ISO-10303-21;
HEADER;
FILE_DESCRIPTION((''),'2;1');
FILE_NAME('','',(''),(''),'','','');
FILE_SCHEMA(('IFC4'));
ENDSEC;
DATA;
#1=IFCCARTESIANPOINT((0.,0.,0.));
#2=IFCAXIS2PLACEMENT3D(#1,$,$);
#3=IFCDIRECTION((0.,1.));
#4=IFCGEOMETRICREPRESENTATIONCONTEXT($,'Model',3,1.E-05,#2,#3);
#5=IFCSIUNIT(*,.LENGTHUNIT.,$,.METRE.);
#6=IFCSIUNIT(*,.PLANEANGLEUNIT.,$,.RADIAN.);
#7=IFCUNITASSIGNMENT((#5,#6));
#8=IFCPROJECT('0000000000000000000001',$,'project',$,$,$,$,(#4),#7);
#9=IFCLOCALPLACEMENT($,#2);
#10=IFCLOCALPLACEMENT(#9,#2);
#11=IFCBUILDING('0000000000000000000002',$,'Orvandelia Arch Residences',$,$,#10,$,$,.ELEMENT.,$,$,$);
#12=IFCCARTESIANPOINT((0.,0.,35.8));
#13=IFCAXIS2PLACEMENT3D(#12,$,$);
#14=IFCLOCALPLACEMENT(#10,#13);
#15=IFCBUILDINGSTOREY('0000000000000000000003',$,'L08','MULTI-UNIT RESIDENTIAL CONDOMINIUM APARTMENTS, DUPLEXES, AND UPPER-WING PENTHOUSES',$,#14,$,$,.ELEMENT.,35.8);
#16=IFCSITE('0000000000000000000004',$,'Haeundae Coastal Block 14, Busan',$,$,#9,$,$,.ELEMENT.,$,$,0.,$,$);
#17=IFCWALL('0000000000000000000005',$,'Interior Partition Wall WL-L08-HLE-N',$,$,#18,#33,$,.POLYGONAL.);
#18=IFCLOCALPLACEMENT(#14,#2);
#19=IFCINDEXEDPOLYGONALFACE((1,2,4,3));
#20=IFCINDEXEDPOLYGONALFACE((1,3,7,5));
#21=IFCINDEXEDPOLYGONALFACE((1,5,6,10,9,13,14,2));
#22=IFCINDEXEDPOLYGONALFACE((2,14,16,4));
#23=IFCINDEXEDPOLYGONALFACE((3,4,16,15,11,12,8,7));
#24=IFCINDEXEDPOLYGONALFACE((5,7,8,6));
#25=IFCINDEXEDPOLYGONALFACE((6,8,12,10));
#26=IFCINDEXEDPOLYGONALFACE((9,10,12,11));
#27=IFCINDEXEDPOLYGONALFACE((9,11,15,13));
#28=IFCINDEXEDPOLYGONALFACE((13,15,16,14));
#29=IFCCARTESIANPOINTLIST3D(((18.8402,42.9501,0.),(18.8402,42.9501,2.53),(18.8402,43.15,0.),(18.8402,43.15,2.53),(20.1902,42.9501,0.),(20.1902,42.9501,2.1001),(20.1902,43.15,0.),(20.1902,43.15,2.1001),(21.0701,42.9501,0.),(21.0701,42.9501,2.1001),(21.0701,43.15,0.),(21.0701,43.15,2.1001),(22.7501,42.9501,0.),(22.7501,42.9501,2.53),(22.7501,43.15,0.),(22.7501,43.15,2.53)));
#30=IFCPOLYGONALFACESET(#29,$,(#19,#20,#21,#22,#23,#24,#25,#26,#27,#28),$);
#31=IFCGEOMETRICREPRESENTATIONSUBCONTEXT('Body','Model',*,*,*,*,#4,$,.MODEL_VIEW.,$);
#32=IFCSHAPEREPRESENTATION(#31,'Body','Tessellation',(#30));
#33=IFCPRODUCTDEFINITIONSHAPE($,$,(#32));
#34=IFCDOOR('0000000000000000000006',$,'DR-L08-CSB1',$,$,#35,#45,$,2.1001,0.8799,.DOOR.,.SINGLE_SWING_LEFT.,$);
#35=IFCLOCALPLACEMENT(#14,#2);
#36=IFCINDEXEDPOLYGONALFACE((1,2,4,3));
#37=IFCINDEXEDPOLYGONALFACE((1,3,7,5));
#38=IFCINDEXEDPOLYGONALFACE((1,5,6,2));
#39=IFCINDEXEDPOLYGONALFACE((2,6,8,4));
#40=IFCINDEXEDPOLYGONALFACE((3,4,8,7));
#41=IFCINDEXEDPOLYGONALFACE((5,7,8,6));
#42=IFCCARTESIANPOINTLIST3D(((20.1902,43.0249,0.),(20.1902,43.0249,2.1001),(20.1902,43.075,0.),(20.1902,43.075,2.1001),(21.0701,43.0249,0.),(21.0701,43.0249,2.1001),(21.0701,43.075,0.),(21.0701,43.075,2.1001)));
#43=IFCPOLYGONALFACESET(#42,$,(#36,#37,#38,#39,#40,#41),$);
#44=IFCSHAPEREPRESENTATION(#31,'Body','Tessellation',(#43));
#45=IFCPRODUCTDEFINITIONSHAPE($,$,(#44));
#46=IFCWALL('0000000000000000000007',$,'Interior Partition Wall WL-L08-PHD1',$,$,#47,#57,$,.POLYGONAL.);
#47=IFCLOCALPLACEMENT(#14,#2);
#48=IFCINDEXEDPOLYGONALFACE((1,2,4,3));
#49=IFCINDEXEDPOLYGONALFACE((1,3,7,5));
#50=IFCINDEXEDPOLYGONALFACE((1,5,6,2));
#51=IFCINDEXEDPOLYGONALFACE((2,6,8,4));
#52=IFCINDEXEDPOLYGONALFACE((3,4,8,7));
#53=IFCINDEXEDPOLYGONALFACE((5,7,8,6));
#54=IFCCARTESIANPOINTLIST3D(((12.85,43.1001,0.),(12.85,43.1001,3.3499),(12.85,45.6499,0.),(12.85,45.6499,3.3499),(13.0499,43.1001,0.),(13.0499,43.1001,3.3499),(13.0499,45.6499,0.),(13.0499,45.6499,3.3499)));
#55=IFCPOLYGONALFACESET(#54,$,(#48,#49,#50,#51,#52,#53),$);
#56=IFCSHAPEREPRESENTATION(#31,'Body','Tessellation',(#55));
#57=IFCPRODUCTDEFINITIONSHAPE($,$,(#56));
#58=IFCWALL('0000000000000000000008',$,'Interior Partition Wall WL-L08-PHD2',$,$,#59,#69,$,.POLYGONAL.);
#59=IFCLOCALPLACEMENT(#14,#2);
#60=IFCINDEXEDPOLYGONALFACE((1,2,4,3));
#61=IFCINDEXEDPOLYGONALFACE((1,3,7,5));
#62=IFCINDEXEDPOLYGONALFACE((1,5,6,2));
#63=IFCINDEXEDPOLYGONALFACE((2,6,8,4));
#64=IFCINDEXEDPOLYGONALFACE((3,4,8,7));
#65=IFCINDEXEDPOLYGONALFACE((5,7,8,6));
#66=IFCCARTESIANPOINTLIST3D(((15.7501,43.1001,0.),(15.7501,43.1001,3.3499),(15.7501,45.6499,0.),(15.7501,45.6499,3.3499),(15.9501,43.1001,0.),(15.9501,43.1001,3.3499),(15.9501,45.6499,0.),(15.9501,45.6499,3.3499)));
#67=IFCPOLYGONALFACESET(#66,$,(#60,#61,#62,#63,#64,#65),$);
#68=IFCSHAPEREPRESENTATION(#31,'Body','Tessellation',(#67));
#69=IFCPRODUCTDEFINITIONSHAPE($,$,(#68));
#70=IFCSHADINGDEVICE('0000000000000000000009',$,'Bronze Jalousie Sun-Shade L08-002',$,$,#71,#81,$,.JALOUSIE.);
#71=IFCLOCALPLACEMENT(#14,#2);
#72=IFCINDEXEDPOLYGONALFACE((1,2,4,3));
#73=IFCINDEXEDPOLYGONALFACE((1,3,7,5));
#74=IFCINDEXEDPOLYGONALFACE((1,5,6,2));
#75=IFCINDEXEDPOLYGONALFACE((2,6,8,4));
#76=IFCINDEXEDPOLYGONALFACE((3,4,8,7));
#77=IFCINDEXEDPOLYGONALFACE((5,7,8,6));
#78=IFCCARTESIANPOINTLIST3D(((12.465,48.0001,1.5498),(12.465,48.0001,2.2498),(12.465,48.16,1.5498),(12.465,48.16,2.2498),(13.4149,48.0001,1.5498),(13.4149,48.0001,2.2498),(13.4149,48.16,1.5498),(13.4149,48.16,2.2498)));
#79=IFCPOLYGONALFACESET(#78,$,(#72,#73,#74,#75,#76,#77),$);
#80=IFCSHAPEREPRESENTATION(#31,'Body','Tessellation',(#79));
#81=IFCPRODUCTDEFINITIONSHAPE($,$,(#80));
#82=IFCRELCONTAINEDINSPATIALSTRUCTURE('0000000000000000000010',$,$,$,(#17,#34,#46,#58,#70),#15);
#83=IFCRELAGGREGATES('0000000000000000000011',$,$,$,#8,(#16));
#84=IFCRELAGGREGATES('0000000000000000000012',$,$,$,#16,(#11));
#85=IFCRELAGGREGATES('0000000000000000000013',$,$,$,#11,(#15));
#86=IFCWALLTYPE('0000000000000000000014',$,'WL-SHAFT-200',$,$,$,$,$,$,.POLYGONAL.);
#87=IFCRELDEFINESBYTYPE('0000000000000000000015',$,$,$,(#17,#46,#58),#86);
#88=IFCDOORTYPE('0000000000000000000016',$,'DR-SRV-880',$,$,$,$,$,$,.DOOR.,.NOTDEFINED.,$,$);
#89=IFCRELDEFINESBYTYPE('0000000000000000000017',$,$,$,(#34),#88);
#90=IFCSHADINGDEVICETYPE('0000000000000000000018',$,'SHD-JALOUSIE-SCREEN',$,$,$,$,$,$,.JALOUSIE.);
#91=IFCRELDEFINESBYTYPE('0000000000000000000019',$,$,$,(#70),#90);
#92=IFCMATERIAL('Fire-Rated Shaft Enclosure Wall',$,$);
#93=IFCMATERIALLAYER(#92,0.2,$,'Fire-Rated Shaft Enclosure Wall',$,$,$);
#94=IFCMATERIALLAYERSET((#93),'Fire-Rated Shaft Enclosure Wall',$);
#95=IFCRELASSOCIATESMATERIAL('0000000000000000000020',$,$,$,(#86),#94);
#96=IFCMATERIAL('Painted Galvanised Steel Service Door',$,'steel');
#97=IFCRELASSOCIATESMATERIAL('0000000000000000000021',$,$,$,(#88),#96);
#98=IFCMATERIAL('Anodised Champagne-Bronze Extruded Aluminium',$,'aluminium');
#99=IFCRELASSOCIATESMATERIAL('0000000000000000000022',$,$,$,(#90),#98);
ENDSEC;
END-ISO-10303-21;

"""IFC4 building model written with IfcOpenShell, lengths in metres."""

from ifc_helpers import new_model, si_unit, direction, frame, frame_2d, origin, origin_2d, place, context, subcontext, project, spatial, rectangle, extrude, material, layer, layer_set, type_object, element, fill, save


model = new_model("IFC4")

# Units and contexts
model_context = context("Model", 3, precision=1e-05, world=origin(), true_north=direction((0.0, 1.0)))
body_context = subcontext(model_context, "Body", "Model", "MODEL_VIEW")
ifc_project = project(units=[si_unit("LENGTHUNIT", "METRE"), si_unit("PLANEANGLEUNIT", "RADIAN")], contexts=[model_context])

# Site, building, storey
site_placement = place(None, origin())
site = spatial("IfcSite", under=ifc_project, at=site_placement, Name="Haeundae Coastal Block 14, Busan", CompositionType="ELEMENT", RefElevation=0.0)
building_placement = place(site_placement, origin())
building = spatial("IfcBuilding", under=site, at=building_placement, Name="Orvandelia Arch Residences", CompositionType="ELEMENT")
storey_placement = place(building_placement, frame((0.0, 0.0, 35.8)))
storey = spatial("IfcBuildingStorey", under=building, at=storey_placement, Name="L08", Description="MULTI-UNIT RESIDENTIAL CONDOMINIUM APARTMENTS, DUPLEXES, AND UPPER-WING PENTHOUSES", CompositionType="ELEMENT", Elevation=35.8)

# Shared definitions
ifc_material_1 = material(Name="Fire-Rated Shaft Enclosure Wall")
ifc_layer_1 = layer(ifc_material_1, 0.2, Name="Fire-Rated Shaft Enclosure Wall")
ifc_layer_set_1 = layer_set([ifc_layer_1], Name="Fire-Rated Shaft Enclosure Wall")
wall_type_1 = type_object("IfcWallType", Name="WL-SHAFT-200", PredefinedType="POLYGONAL", material=ifc_layer_set_1)

# Shared definitions
ifc_material_2 = material(Name="Painted Galvanised Steel Service Door", Category="steel")
door_type_1 = type_object("IfcDoorType", Name="DR-SRV-880", OperationType="NOTDEFINED", PredefinedType="DOOR", material=ifc_material_2)

# Wall, opening, door
wall_1_placement = place(storey_placement, frame((18.8401, 43.05, 0.0), z_axis=(0.0, 0.0, 1.0), x_axis=(1.0, 0.0, 0.0)))
wall_1 = element("IfcWall", 1, at=wall_1_placement, inside=storey, type_object=wall_type_1, Name="Interior Partition Wall WL-L08-HLE-N", PredefinedType="POLYGONAL", context=body_context, shape_type="SweptSolid", body=[
    extrude(rectangle(XDim=3.9099, YDim=0.2, at=frame_2d((1.9551, 0.0))), origin(), (0.0, 0.0, 1.0), 2.53),
])
opening_1_placement = place(wall_1_placement, frame((1.3501, 0.0, 0.0)))
opening_1 = element("IfcOpeningElement", 2, at=opening_1_placement, cuts=wall_1, PredefinedType="OPENING", context=body_context, shape_type="SweptSolid", body=[
    extrude(rectangle(XDim=0.8799, YDim=2.1001, at=frame_2d((0.4399, 1.05))), frame((0.0, 0.1099, 0.0), z_axis=(0.0, -1.0, 0.0), x_axis=(1.0, 0.0, 0.0)), (0.0, 0.0, 1.0), 0.22),
])
door_1_placement = place(opening_1_placement, origin())
door_1 = element("IfcDoor", 3, at=door_1_placement, inside=storey, type_object=door_type_1, Name="DR-L08-CSB1", OperationType="SINGLE_SWING_LEFT", OverallHeight=2.1001, OverallWidth=0.8799, PredefinedType="DOOR", context=body_context, shape_type="SweptSolid", body=[
    extrude(rectangle(XDim=0.8799, YDim=2.1001, at=frame_2d((0.4399, 1.05))), frame((0.0, 0.0249, 0.0), z_axis=(0.0, -1.0, 0.0), x_axis=(1.0, 0.0, 0.0)), (0.0, 0.0, 1.0), 0.05),
])
fill(opening_1, door_1)

# Walls
for number, where, z_axis, x_axis, name in (
    (4, (12.95, 43.1001, 0.0), (0.0, 0.0, 1.0), (0.0, 1.0, 0.0), "Interior Partition Wall WL-L08-PHD1"),
    (5, (15.8501, 43.1001, 0.0), (0.0, 0.0, 1.0), (0.0, 1.0, 0.0), "Interior Partition Wall WL-L08-PHD2"),
):
    element("IfcWall", number, at=place(storey_placement, frame(where, z_axis=z_axis, x_axis=x_axis)), inside=storey, type_object=wall_type_1, Name=name, PredefinedType="POLYGONAL", context=body_context, shape_type="SweptSolid", body=[
        extrude(rectangle(XDim=2.5498, YDim=0.2, at=frame_2d((1.2749, 0.0))), origin(), (0.0, 0.0, 1.0), 3.3499),
    ])

# Shading device
ifc_material_3 = material(Name="Anodised Champagne-Bronze Extruded Aluminium", Category="aluminium")
shading_device_type = type_object("IfcShadingDeviceType", Name="SHD-JALOUSIE-SCREEN", PredefinedType="JALOUSIE", material=ifc_material_3)
shading_device_placement = place(storey_placement, frame((12.9399, 48.0801, 1.5498), z_axis=(0.0, 0.0, 1.0), x_axis=(1.0, 0.0, 0.0)))
element("IfcShadingDevice", 6, at=shading_device_placement, inside=storey, type_object=shading_device_type, Name="Bronze Jalousie Sun-Shade L08-002", PredefinedType="JALOUSIE", context=body_context, shape_type="SweptSolid", body=[
    extrude(rectangle(XDim=0.95, YDim=0.1599, at=origin_2d()), origin(), (0.0, 0.0, 1.0), 0.7),
])

save(model, "model.ifc")
